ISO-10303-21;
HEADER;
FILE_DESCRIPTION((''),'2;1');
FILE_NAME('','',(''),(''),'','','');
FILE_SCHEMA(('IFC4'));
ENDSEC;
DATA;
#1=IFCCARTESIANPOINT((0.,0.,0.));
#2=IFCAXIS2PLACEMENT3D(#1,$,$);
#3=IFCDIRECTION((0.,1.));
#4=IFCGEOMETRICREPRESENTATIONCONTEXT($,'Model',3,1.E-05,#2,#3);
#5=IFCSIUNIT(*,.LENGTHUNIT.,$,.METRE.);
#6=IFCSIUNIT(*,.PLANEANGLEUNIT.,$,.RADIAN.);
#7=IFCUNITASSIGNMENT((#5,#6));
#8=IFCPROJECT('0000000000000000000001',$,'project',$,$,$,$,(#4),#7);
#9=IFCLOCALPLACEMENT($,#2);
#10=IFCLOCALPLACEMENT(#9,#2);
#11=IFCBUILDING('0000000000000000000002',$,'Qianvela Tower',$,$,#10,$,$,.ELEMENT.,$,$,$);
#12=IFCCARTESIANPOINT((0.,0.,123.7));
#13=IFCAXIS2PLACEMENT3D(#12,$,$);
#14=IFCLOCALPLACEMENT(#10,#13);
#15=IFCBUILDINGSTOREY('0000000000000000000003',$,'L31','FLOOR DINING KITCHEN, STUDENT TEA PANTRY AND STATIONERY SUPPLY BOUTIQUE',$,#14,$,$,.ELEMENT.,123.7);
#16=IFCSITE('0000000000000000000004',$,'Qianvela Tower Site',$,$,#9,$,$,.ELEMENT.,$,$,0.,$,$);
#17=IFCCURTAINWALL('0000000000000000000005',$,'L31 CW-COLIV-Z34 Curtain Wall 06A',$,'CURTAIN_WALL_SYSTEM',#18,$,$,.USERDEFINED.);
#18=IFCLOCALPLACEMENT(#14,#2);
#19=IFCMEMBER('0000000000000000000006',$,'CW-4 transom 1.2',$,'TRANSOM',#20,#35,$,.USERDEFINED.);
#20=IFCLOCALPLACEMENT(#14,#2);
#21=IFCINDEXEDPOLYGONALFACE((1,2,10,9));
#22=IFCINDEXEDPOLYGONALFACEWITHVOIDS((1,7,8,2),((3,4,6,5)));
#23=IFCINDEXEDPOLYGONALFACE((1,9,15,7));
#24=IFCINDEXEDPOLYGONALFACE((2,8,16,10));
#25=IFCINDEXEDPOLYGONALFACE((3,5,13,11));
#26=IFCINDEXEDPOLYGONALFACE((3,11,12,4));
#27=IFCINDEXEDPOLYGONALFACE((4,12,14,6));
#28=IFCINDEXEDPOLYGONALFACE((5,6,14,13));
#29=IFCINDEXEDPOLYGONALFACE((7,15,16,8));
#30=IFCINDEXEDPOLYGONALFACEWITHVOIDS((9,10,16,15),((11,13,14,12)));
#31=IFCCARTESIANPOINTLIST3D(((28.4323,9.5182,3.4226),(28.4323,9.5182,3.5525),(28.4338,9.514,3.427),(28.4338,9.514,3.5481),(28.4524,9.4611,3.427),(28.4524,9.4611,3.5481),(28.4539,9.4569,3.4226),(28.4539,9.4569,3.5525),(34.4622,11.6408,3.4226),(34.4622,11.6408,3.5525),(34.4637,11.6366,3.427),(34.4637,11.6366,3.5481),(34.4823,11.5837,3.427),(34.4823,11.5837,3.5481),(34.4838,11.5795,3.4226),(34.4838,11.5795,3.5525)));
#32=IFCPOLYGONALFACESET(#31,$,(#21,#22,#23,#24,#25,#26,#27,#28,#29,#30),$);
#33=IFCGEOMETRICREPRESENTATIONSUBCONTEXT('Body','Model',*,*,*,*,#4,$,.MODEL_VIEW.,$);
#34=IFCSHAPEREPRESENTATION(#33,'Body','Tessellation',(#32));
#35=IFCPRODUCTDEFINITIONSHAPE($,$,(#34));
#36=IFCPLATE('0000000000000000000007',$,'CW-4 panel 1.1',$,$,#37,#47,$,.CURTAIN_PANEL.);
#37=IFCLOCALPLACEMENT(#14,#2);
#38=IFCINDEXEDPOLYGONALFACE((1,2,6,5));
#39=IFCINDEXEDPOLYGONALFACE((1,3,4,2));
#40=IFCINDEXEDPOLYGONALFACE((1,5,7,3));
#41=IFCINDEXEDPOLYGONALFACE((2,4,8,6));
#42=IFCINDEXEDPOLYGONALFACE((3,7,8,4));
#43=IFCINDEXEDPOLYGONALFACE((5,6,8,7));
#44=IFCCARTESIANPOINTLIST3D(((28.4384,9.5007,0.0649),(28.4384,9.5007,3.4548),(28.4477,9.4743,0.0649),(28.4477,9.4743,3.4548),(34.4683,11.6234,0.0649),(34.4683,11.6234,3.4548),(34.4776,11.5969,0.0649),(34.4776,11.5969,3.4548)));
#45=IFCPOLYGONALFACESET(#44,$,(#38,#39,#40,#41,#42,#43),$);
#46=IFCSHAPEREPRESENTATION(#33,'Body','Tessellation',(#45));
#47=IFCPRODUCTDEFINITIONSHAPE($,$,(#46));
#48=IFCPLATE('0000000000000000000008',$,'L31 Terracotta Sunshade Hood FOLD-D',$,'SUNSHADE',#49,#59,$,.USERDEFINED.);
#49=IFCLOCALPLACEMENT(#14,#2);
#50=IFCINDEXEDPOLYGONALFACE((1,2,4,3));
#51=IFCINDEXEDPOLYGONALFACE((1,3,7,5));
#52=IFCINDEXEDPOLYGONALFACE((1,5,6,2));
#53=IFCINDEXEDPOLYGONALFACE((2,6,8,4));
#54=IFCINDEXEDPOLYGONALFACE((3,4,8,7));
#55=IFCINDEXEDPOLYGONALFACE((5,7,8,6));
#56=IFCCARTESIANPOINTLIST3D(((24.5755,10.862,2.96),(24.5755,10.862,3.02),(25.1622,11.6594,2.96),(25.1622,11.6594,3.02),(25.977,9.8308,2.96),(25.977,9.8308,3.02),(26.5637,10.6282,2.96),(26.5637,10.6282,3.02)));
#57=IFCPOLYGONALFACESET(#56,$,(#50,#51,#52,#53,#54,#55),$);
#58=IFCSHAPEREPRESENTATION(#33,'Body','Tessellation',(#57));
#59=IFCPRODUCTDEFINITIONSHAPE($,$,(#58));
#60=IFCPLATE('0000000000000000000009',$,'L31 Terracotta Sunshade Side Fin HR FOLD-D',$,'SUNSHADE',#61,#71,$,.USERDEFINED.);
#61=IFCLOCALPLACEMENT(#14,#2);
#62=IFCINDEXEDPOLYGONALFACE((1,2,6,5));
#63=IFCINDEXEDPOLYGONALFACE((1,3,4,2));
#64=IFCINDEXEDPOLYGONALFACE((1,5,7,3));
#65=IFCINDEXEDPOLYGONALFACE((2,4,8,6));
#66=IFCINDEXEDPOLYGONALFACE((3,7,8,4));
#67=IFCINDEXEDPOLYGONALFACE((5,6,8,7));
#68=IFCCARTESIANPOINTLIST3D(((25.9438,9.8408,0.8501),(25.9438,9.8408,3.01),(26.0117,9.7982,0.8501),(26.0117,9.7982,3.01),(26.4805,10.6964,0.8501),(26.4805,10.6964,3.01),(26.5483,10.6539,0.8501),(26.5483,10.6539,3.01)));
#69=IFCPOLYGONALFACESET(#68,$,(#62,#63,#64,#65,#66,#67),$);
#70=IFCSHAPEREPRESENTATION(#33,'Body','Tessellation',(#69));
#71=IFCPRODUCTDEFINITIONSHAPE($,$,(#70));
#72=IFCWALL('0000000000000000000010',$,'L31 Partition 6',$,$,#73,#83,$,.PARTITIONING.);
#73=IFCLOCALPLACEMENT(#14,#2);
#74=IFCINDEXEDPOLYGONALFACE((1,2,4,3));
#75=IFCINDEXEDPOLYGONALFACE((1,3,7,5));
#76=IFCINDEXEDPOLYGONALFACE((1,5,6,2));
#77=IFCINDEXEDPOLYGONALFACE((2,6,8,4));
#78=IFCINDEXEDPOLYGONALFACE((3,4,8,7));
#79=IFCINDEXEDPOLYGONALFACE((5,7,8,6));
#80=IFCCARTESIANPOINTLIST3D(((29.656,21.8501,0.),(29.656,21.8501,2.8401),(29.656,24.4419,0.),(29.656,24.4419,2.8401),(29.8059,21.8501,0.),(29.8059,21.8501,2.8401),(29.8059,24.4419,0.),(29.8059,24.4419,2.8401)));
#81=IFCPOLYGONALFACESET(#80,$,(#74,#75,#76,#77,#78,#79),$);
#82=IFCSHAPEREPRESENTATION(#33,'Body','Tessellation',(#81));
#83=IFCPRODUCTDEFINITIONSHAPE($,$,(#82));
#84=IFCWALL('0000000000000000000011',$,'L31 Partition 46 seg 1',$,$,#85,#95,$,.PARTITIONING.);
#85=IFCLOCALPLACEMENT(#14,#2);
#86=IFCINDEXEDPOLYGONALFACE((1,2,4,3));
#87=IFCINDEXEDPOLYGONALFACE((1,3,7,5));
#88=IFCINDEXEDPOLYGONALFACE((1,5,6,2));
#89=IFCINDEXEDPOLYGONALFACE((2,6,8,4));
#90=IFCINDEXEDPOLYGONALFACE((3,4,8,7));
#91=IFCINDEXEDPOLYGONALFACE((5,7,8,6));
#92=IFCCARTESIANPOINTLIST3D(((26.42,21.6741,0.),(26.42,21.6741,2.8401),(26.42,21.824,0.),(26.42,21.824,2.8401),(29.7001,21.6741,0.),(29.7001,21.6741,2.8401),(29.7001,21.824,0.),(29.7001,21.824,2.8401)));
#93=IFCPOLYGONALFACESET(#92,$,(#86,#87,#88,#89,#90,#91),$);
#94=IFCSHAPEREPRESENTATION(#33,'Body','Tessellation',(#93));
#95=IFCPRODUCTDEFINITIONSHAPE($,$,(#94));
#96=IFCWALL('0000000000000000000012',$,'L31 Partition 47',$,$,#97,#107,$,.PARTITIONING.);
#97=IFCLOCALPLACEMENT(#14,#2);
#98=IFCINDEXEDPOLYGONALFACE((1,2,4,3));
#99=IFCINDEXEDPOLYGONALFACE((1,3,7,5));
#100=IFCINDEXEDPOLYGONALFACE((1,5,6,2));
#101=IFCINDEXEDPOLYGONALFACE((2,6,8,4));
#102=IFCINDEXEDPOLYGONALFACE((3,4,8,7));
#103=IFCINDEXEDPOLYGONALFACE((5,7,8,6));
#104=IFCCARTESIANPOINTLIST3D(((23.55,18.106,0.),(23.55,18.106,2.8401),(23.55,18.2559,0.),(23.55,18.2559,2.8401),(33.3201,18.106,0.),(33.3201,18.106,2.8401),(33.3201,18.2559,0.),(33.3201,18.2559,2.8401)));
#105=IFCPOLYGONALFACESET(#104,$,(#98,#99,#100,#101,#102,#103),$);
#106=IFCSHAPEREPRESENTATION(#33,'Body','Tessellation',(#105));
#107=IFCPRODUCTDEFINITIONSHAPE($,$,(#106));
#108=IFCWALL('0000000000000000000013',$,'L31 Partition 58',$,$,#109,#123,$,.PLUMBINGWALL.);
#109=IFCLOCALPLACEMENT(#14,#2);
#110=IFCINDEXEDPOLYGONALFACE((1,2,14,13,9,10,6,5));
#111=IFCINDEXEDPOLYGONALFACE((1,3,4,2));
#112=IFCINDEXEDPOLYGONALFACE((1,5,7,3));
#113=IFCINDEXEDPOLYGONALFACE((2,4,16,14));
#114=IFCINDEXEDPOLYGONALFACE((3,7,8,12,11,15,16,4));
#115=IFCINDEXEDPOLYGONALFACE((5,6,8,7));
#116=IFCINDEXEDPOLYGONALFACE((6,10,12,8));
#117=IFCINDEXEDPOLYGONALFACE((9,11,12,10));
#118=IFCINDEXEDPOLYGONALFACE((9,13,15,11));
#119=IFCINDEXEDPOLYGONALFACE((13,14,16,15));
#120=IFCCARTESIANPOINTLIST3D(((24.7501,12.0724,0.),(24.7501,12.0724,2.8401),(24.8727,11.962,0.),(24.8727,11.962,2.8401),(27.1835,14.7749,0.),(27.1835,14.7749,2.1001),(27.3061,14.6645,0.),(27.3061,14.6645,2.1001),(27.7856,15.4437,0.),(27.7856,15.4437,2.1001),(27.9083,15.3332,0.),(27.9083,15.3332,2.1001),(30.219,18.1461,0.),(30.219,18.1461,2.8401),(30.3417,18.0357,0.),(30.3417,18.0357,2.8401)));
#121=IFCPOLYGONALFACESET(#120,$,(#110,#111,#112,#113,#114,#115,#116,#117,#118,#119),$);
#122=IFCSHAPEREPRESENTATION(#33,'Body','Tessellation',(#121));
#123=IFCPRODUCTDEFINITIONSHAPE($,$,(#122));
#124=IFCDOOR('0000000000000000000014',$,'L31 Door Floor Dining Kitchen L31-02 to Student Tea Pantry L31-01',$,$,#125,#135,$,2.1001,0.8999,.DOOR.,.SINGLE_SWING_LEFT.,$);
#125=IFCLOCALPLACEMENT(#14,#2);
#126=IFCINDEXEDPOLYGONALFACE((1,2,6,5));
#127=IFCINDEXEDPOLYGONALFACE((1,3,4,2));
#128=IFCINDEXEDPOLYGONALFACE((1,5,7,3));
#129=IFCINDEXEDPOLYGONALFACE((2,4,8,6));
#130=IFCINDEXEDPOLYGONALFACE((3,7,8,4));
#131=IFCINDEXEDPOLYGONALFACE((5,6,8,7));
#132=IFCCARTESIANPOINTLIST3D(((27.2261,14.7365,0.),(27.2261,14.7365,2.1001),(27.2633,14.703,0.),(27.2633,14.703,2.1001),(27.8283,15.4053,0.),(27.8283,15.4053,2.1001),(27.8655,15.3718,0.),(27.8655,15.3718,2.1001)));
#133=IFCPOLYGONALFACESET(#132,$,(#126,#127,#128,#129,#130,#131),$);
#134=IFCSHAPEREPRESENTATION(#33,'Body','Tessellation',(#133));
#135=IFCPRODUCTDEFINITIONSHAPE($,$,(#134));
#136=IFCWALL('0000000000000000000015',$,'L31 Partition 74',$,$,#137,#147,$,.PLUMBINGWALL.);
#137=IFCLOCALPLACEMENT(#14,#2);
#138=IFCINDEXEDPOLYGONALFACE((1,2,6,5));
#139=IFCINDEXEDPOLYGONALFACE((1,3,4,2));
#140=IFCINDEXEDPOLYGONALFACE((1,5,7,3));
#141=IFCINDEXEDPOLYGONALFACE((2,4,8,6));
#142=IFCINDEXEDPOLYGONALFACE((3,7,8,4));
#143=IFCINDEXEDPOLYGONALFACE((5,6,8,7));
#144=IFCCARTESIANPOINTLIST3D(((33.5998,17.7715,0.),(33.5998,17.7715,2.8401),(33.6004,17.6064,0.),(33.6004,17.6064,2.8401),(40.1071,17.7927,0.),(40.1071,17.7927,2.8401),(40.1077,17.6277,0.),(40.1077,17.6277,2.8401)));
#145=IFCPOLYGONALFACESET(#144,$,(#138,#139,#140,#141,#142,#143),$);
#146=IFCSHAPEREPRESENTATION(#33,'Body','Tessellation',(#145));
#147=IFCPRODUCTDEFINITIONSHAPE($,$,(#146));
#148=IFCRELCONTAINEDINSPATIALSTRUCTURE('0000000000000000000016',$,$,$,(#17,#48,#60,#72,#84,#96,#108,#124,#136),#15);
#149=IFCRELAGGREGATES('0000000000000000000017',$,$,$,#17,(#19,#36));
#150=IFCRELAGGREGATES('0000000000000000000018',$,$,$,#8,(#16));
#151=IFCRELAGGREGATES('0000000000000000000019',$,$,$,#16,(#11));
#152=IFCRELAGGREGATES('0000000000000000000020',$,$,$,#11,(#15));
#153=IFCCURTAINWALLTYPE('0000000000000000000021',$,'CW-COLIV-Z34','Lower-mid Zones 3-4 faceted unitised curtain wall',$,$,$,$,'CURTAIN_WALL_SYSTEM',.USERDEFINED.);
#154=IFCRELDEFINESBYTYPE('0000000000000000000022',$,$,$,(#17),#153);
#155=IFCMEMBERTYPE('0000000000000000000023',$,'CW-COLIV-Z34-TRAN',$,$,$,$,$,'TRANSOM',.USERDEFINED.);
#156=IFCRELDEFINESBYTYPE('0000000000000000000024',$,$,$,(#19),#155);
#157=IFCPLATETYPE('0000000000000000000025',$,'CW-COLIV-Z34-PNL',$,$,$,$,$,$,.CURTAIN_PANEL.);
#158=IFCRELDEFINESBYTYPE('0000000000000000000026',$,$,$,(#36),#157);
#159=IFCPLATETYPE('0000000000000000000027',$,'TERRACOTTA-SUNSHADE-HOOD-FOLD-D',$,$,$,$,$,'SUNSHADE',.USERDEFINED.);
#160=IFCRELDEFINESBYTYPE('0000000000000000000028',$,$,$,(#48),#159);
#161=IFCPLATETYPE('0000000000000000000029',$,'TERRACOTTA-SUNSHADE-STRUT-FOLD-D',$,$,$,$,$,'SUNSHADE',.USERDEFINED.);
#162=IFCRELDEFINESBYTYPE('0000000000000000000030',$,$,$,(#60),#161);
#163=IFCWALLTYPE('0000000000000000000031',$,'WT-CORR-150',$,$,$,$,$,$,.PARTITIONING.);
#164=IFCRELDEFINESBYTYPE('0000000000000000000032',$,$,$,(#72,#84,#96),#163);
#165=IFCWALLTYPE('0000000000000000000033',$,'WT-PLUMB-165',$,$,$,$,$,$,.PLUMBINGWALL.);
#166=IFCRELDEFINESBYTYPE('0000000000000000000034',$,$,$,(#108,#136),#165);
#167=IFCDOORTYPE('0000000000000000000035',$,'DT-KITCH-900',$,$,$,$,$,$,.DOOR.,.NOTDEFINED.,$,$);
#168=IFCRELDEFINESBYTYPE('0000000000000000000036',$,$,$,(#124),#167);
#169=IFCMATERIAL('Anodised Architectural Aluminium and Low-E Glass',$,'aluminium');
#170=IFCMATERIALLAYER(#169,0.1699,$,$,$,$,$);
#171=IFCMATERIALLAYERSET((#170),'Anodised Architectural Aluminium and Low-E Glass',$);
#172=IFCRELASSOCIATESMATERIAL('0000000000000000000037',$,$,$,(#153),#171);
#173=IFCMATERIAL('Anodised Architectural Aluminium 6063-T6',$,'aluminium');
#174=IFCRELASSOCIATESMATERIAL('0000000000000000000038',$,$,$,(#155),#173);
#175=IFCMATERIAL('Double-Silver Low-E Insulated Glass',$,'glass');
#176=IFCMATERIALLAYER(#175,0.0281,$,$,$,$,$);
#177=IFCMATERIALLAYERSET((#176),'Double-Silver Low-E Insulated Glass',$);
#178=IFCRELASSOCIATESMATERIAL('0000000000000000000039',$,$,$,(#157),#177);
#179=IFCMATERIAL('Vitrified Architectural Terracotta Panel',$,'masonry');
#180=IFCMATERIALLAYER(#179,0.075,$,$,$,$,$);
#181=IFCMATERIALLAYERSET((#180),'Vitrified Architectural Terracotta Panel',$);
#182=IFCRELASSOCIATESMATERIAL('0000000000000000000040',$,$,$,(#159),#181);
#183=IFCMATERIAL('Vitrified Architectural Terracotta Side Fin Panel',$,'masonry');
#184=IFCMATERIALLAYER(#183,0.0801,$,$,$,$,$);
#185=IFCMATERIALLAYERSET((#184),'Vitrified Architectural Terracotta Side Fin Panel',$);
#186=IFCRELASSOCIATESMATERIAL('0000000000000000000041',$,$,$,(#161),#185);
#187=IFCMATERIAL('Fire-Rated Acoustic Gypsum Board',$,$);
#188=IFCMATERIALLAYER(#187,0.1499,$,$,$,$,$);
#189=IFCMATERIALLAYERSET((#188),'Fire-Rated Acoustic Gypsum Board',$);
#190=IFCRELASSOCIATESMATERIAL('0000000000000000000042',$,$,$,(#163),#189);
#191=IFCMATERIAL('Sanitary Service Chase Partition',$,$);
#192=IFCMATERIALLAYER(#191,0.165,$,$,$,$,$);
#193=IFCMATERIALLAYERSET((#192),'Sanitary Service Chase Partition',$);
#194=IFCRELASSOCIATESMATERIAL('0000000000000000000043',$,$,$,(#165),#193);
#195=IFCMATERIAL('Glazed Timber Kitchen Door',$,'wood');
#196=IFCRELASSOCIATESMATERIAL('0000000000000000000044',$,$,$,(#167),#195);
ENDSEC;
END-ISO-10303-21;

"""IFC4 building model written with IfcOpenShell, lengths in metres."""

from ifc_helpers import new_model, si_unit, direction, frame, frame_2d, origin, origin_2d, place, context, subcontext, project, spatial, rectangle, hollow_rectangle, extrude, material, layer, layer_set, material_profile, profile_set, type_object, element, fill, aggregate, save


model = new_model("IFC4")

# Units and contexts
model_context = context("Model", 3, precision=1e-05, world=origin(), true_north=direction((0.0, 1.0)))
body_context = subcontext(model_context, "Body", "Model", "MODEL_VIEW")
ifc_project = project(units=[si_unit("LENGTHUNIT", "METRE"), si_unit("PLANEANGLEUNIT", "RADIAN")], contexts=[model_context])

# Site, building, storey
site_placement = place(None, origin())
site = spatial("IfcSite", under=ifc_project, at=site_placement, Name="Qianvela Tower Site", CompositionType="ELEMENT", RefElevation=0.0)
building_placement = place(site_placement, origin())
building = spatial("IfcBuilding", under=site, at=building_placement, Name="Qianvela Tower", CompositionType="ELEMENT")
storey_placement = place(building_placement, frame((0.0, 0.0, 123.7)))
storey = spatial("IfcBuildingStorey", under=building, at=storey_placement, Name="L31", Description="FLOOR DINING KITCHEN, STUDENT TEA PANTRY AND STATIONERY SUPPLY BOUTIQUE", CompositionType="ELEMENT", Elevation=123.7)

# Curtain wall, member, plate
ifc_material_1 = material(Name="Anodised Architectural Aluminium and Low-E Glass", Category="aluminium")
ifc_layer_1 = layer(ifc_material_1, 0.1699)
ifc_layer_set_1 = layer_set([ifc_layer_1], Name="Anodised Architectural Aluminium and Low-E Glass")
curtain_wall_type = type_object("IfcCurtainWallType", Name="CW-COLIV-Z34", Description="Lower-mid Zones 3-4 faceted unitised curtain wall", ElementType="CURTAIN_WALL_SYSTEM", PredefinedType="USERDEFINED", material=ifc_layer_set_1)
curtain_wall_placement = place(storey_placement, origin())
curtain_wall = element("IfcCurtainWall", 1, at=curtain_wall_placement, inside=storey, type_object=curtain_wall_type, Name="L31 CW-COLIV-Z34 Curtain Wall 06A", ObjectType="CURTAIN_WALL_SYSTEM", PredefinedType="USERDEFINED")
ifc_material_2 = material(Name="Anodised Architectural Aluminium 6063-T6", Category="aluminium")
ifc_material_profile_1 = material_profile(ifc_material_2, hollow_rectangle(XDim=0.0649, YDim=0.1299, WallThickness=0.0044, at=origin_2d()), Name="ALU-TRAN-65x130")
ifc_profile_set_1 = profile_set([ifc_material_profile_1], Name="Anodised Architectural Aluminium 6063-T6")
member_type_1 = type_object("IfcMemberType", Name="CW-COLIV-Z34-TRAN", ElementType="TRANSOM", PredefinedType="USERDEFINED", material=ifc_profile_set_1)
member_1_placement = place(storey_placement, frame((28.4431, 9.4875, 3.4875), z_axis=(0.943265, 0.332041, 0.0), x_axis=(-0.332041, 0.943265, 0.0)))
member_1 = element("IfcMember", 2, at=member_1_placement, type_object=member_type_1, Name="CW-4 transom 1.2", ObjectType="TRANSOM", PredefinedType="USERDEFINED", context=body_context, shape_type="SweptSolid", body=[
    extrude(hollow_rectangle(XDim=0.0649, YDim=0.1299, WallThickness=0.0044, at=origin_2d()), origin(), (0.0, 0.0, 1.0), 6.3926),
])
ifc_material_3 = material(Name="Double-Silver Low-E Insulated Glass", Category="glass")
ifc_layer_2 = layer(ifc_material_3, 0.0281)
ifc_layer_set_2 = layer_set([ifc_layer_2], Name="Double-Silver Low-E Insulated Glass")
plate_type_1 = type_object("IfcPlateType", Name="CW-COLIV-Z34-PNL", PredefinedType="CURTAIN_PANEL", material=ifc_layer_set_2)
plate_1_placement = place(storey_placement, frame((31.458, 10.5488, 0.0649), z_axis=(0.0, 0.0, 1.0), x_axis=(0.943262, 0.33205, 0.0)))
plate_1 = element("IfcPlate", 3, at=plate_1_placement, type_object=plate_type_1, Name="CW-4 panel 1.1", PredefinedType="CURTAIN_PANEL", context=body_context, shape_type="SweptSolid", body=[
    extrude(rectangle(XDim=6.3926, YDim=0.0281, at=origin_2d()), origin(), (0.0, 0.0, 1.0), 3.3899),
])
aggregate(curtain_wall, [member_1, plate_1])

# Plates
ifc_material_4 = material(Name="Vitrified Architectural Terracotta Panel", Category="masonry")
ifc_layer_3 = layer(ifc_material_4, 0.075)
ifc_layer_set_3 = layer_set([ifc_layer_3], Name="Vitrified Architectural Terracotta Panel")
plate_type_2 = type_object("IfcPlateType", Name="TERRACOTTA-SUNSHADE-HOOD-FOLD-D", ElementType="SUNSHADE", PredefinedType="USERDEFINED", material=ifc_layer_set_3)
plate_2_placement = place(storey_placement, frame((25.5696, 10.7451, 2.96), z_axis=(0.0, 0.0, 1.0), x_axis=(0.805455, -0.592657, 0.0)))
element("IfcPlate", 4, at=plate_2_placement, inside=storey, type_object=plate_type_2, Name="L31 Terracotta Sunshade Hood FOLD-D", ObjectType="SUNSHADE", PredefinedType="USERDEFINED", context=body_context, shape_type="SweptSolid", body=[
    extrude(rectangle(XDim=1.74, YDim=0.99, at=origin_2d()), origin(), (0.0, 0.0, 1.0), 0.0601),
])
ifc_material_5 = material(Name="Vitrified Architectural Terracotta Side Fin Panel", Category="masonry")
ifc_layer_4 = layer(ifc_material_5, 0.0801)
ifc_layer_set_4 = layer_set([ifc_layer_4], Name="Vitrified Architectural Terracotta Side Fin Panel")
plate_type_3 = type_object("IfcPlateType", Name="TERRACOTTA-SUNSHADE-STRUT-FOLD-D", ElementType="SUNSHADE", PredefinedType="USERDEFINED", material=ifc_layer_set_4)
plate_3_placement = place(storey_placement, frame((26.2461, 10.2473, 0.8501), z_axis=(0.0, 0.0, 1.0), x_axis=(0.847161, -0.531336, 0.0)))
element("IfcPlate", 5, at=plate_3_placement, inside=storey, type_object=plate_type_3, Name="L31 Terracotta Sunshade Side Fin HR FOLD-D", ObjectType="SUNSHADE", PredefinedType="USERDEFINED", context=body_context, shape_type="SweptSolid", body=[
    extrude(rectangle(XDim=0.0801, YDim=1.01, at=origin_2d()), origin(), (0.0, 0.0, 1.0), 2.1599),
])

# Shared definitions
ifc_material_6 = material(Name="Fire-Rated Acoustic Gypsum Board")
ifc_layer_5 = layer(ifc_material_6, 0.1499)
ifc_layer_set_5 = layer_set([ifc_layer_5], Name="Fire-Rated Acoustic Gypsum Board")
wall_type_1 = type_object("IfcWallType", Name="WT-CORR-150", PredefinedType="PARTITIONING", material=ifc_layer_set_5)

# Walls
wall_1_placement = place(storey_placement, frame((29.731, 21.8501, 0.0), z_axis=(0.0, 0.0, 1.0), x_axis=(0.0, 1.0, 0.0)))
element("IfcWall", 6, at=wall_1_placement, inside=storey, type_object=wall_type_1, Name="L31 Partition 6", PredefinedType="PARTITIONING", context=body_context, shape_type="SweptSolid", body=[
    extrude(rectangle(XDim=2.5918, YDim=0.1499, at=frame_2d((1.2959, 0.0))), origin(), (0.0, 0.0, 1.0), 2.8401),
])
wall_2_placement = place(storey_placement, frame((26.4199, 21.749, 0.0), z_axis=(0.0, 0.0, 1.0), x_axis=(1.0, 0.0, 0.0)))
element("IfcWall", 7, at=wall_2_placement, inside=storey, type_object=wall_type_1, Name="L31 Partition 46 seg 1", PredefinedType="PARTITIONING", context=body_context, shape_type="SweptSolid", body=[
    extrude(rectangle(XDim=3.28, YDim=0.1499, at=frame_2d((1.6401, 0.0))), origin(), (0.0, 0.0, 1.0), 2.8401),
])
wall_3_placement = place(storey_placement, frame((33.3201, 18.1809, 0.0), z_axis=(0.0, 0.0, 1.0), x_axis=(-1.0, 0.0, 0.0)))
element("IfcWall", 8, at=wall_3_placement, inside=storey, type_object=wall_type_1, Name="L31 Partition 47", PredefinedType="PARTITIONING", context=body_context, shape_type="SweptSolid", body=[
    extrude(rectangle(XDim=9.77, YDim=0.1499, at=frame_2d((4.885, 0.0))), origin(), (0.0, 0.0, 1.0), 2.8401),
])

# Wall, opening, door
ifc_material_7 = material(Name="Sanitary Service Chase Partition")
ifc_layer_6 = layer(ifc_material_7, 0.165)
ifc_layer_set_6 = layer_set([ifc_layer_6], Name="Sanitary Service Chase Partition")
wall_type_2 = type_object("IfcWallType", Name="WT-PLUMB-165", PredefinedType="PLUMBINGWALL", material=ifc_layer_set_6)
wall_4_placement = place(storey_placement, frame((30.2803, 18.0908, 0.0), z_axis=(0.0, 0.0, 1.0), x_axis=(-0.669143, -0.743134, 0.0)))
wall_4 = element("IfcWall", 9, at=wall_4_placement, inside=storey, type_object=wall_type_2, Name="L31 Partition 58", PredefinedType="PLUMBINGWALL", context=body_context, shape_type="SweptSolid", body=[
    extrude(rectangle(XDim=8.1731, YDim=0.165, at=frame_2d((4.0864, 0.0))), origin(), (0.0, 0.0, 1.0), 2.8401),
])
opening_1_placement = place(wall_4_placement, frame((3.6365, 0.0, 0.0)))
opening_1 = element("IfcOpeningElement", 10, at=opening_1_placement, cuts=wall_4, PredefinedType="OPENING", context=body_context, shape_type="SweptSolid", body=[
    extrude(rectangle(XDim=0.8999, YDim=2.1001, at=frame_2d((0.45, 1.05))), frame((0.0, 0.0925, 0.0), z_axis=(0.0, -1.0, 0.0), x_axis=(1.0, 0.0, 0.0)), (0.0, 0.0, 1.0), 0.1851),
])
ifc_material_8 = material(Name="Glazed Timber Kitchen Door", Category="wood")
door_type_1 = type_object("IfcDoorType", Name="DT-KITCH-900", OperationType="NOTDEFINED", PredefinedType="DOOR", material=ifc_material_8)
door_1_placement = place(opening_1_placement, origin())
door_1 = element("IfcDoor", 11, at=door_1_placement, inside=storey, type_object=door_type_1, Name="L31 Door Floor Dining Kitchen L31-02 to Student Tea Pantry L31-01", OperationType="SINGLE_SWING_LEFT", OverallHeight=2.1001, OverallWidth=0.8999, PredefinedType="DOOR", context=body_context, shape_type="SweptSolid", body=[
    extrude(rectangle(XDim=0.8999, YDim=2.1001, at=frame_2d((0.45, 1.05))), frame((0.0, 0.0249, 0.0), z_axis=(0.0, -1.0, 0.0), x_axis=(1.0, 0.0, 0.0)), (0.0, 0.0, 1.0), 0.05),
])
fill(opening_1, door_1)

# Wall
wall_5_placement = place(storey_placement, frame((33.6001, 17.689, 0.0), z_axis=(0.0, 0.0, 1.0), x_axis=(0.999995, 0.003264, 0.0)))
element("IfcWall", 12, at=wall_5_placement, inside=storey, type_object=wall_type_2, Name="L31 Partition 74", PredefinedType="PLUMBINGWALL", context=body_context, shape_type="SweptSolid", body=[
    extrude(rectangle(XDim=6.5073, YDim=0.165, at=frame_2d((3.2537, 0.0))), origin(), (0.0, 0.0, 1.0), 2.8401),
])

save(model, "model.ifc")
